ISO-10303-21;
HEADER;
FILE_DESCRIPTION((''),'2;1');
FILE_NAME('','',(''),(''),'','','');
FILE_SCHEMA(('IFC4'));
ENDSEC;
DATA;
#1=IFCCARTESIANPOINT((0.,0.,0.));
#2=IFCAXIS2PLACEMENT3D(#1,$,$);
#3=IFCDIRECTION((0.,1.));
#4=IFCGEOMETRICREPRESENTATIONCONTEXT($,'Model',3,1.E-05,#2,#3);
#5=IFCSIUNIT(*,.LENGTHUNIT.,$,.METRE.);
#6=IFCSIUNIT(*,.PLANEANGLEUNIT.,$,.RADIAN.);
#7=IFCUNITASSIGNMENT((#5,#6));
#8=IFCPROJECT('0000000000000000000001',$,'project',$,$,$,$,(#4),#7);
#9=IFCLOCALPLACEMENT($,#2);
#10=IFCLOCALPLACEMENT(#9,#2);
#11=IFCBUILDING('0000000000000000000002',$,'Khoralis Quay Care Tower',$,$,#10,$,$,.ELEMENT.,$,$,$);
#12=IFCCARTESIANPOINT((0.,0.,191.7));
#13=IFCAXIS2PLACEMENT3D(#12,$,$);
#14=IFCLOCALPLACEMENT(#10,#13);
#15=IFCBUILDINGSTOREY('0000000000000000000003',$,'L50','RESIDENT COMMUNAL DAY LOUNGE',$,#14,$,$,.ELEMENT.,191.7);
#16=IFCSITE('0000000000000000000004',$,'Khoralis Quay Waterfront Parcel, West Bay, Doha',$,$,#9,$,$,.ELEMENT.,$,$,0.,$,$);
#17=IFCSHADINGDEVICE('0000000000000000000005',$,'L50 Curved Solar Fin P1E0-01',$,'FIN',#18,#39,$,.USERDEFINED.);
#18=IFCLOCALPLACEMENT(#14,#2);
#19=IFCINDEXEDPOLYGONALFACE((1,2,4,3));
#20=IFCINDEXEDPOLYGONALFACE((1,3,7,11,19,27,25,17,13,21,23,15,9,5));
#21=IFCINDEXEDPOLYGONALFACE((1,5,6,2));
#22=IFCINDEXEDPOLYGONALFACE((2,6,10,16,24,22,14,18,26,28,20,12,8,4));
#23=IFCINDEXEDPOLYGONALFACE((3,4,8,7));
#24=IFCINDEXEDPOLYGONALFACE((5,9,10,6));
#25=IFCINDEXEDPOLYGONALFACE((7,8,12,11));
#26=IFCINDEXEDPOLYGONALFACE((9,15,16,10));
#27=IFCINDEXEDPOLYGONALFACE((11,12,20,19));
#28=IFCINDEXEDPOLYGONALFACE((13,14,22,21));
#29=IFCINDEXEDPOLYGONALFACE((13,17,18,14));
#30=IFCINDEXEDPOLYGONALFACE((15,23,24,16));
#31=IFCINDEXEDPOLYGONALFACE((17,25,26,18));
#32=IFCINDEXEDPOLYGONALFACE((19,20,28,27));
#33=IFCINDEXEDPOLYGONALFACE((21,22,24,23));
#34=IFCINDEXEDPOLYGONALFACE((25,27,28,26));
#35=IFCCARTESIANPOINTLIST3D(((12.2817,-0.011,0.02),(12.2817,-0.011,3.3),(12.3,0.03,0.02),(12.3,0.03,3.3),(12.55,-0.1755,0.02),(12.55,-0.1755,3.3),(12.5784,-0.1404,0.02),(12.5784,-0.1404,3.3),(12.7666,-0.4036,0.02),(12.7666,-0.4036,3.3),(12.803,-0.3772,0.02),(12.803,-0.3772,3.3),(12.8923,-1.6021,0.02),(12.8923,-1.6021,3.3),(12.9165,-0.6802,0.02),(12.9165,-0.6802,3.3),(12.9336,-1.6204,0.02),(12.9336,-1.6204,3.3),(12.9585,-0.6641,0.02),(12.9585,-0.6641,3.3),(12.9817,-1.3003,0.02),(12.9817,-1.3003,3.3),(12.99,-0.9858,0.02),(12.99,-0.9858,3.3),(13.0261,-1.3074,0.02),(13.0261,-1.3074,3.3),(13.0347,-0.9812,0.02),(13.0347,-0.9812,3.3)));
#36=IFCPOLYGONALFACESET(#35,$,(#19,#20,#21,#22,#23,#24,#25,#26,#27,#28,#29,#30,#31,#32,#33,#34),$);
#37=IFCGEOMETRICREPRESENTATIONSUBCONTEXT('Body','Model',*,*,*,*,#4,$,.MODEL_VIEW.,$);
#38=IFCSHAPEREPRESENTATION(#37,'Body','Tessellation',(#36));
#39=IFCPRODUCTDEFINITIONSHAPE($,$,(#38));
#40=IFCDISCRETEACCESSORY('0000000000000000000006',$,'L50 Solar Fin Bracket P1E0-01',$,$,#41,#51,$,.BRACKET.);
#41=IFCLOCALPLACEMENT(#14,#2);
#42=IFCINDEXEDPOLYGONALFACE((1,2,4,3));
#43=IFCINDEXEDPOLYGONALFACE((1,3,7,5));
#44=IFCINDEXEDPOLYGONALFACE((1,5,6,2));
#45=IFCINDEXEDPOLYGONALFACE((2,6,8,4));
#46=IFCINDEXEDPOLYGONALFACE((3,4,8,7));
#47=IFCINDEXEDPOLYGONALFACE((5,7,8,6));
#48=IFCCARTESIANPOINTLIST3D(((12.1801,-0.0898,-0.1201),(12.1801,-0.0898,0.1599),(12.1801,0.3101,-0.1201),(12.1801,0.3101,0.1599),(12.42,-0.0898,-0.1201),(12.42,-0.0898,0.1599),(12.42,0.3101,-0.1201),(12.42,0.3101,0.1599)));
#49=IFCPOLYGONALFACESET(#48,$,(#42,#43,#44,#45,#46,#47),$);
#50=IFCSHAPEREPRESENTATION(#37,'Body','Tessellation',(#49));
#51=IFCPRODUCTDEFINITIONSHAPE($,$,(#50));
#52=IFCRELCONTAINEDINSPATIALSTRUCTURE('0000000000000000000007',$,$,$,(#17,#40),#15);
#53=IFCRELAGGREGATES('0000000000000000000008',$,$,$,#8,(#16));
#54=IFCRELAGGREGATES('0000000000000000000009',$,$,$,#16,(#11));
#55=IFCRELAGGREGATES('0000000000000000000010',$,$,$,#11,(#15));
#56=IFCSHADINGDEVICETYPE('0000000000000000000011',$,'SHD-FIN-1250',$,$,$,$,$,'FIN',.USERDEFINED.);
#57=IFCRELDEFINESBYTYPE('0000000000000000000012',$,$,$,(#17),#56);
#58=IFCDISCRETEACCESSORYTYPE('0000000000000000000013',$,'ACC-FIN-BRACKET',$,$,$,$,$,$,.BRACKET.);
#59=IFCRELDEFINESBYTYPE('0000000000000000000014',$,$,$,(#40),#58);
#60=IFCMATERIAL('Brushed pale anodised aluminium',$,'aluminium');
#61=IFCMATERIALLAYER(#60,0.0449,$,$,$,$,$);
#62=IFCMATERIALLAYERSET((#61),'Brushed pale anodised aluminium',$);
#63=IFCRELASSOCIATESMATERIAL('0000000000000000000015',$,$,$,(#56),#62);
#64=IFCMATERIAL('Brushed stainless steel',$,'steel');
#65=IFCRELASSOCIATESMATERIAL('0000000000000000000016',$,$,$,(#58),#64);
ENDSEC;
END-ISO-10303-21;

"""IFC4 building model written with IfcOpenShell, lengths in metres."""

from ifc_helpers import new_model, si_unit, direction, frame, origin, origin_2d, place, context, subcontext, project, spatial, polyline, rectangle, outline, extrude, source, transform, mapped, material, layer, layer_set, type_object, element, save


model = new_model("IFC4")

# Units and contexts
model_context = context("Model", 3, precision=1e-05, world=origin(), true_north=direction((0.0, 1.0)))
body_context = subcontext(model_context, "Body", "Model", "MODEL_VIEW")
ifc_project = project(units=[si_unit("LENGTHUNIT", "METRE"), si_unit("PLANEANGLEUNIT", "RADIAN")], contexts=[model_context])

# Site, building, storey
site_placement = place(None, origin())
site = spatial("IfcSite", under=ifc_project, at=site_placement, Name="Khoralis Quay Waterfront Parcel, West Bay, Doha", CompositionType="ELEMENT", RefElevation=0.0)
building_placement = place(site_placement, origin())
building = spatial("IfcBuilding", under=site, at=building_placement, Name="Khoralis Quay Care Tower", CompositionType="ELEMENT")
storey_placement = place(building_placement, frame((0.0, 0.0, 191.7)))
storey = spatial("IfcBuildingStorey", under=building, at=storey_placement, Name="L50", Description="RESIDENT COMMUNAL DAY LOUNGE", CompositionType="ELEMENT", Elevation=191.7)

# Shading device
ifc_material_1 = material(Name="Brushed pale anodised aluminium", Category="aluminium")
ifc_layer_1 = layer(ifc_material_1, 0.0449)
ifc_layer_set_1 = layer_set([ifc_layer_1], Name="Brushed pale anodised aluminium")
shading_device_type = type_object("IfcShadingDeviceType", Name="SHD-FIN-1250", ElementType="FIN", PredefinedType="USERDEFINED", material=ifc_layer_set_1)
shared_shape_1 = source(origin(), body_context, "Body", "SweptSolid", [
    extrude(outline(polyline([(0.0, 0.0), (0.1704, 0.2783), (0.4072, 0.5029), (0.6941, 0.6584), (1.0112, 0.7346), (1.3374, 0.7261), (1.6504, 0.6335), (1.6321, 0.5923), (1.3303, 0.6816), (1.0159, 0.6899), (0.7102, 0.6165), (0.4336, 0.4666), (0.2056, 0.25), (0.041, -0.0183), (0.0, 0.0)])), origin(), (0.0, 0.0, 1.0), 3.28),
])
shading_device_placement = place(storey_placement, frame((12.3, 0.03, 0.02), z_axis=(0.0, 0.0, 1.0), x_axis=(0.0, -1.0, 0.0)))
element("IfcShadingDevice", 1, at=shading_device_placement, inside=storey, type_object=shading_device_type, Name="L50 Curved Solar Fin P1E0-01", ObjectType="FIN", PredefinedType="USERDEFINED", context=body_context, shape_type="MappedRepresentation", body=[
    mapped(shared_shape_1, transform((0.0, 0.0, 0.0), scale=1.0)),
])

# Discrete accessory
ifc_material_2 = material(Name="Brushed stainless steel", Category="steel")
discrete_accessory_type = type_object("IfcDiscreteAccessoryType", Name="ACC-FIN-BRACKET", PredefinedType="BRACKET", material=ifc_material_2)
shared_shape_2 = source(origin(), body_context, "Body", "SweptSolid", [
    extrude(rectangle(XDim=0.3999, YDim=0.24, at=origin_2d()), origin(), (0.0, 0.0, 1.0), 0.28),
])
discrete_accessory_placement = place(storey_placement, frame((12.3, 0.1101, -0.1201), z_axis=(0.0, 0.0, 1.0), x_axis=(0.0, -1.0, 0.0)))
element("IfcDiscreteAccessory", 2, at=discrete_accessory_placement, inside=storey, type_object=discrete_accessory_type, Name="L50 Solar Fin Bracket P1E0-01", PredefinedType="BRACKET", context=body_context, shape_type="MappedRepresentation", body=[
    mapped(shared_shape_2, transform((0.0, 0.0, 0.0), scale=1.0)),
])

save(model, "model.ifc")
